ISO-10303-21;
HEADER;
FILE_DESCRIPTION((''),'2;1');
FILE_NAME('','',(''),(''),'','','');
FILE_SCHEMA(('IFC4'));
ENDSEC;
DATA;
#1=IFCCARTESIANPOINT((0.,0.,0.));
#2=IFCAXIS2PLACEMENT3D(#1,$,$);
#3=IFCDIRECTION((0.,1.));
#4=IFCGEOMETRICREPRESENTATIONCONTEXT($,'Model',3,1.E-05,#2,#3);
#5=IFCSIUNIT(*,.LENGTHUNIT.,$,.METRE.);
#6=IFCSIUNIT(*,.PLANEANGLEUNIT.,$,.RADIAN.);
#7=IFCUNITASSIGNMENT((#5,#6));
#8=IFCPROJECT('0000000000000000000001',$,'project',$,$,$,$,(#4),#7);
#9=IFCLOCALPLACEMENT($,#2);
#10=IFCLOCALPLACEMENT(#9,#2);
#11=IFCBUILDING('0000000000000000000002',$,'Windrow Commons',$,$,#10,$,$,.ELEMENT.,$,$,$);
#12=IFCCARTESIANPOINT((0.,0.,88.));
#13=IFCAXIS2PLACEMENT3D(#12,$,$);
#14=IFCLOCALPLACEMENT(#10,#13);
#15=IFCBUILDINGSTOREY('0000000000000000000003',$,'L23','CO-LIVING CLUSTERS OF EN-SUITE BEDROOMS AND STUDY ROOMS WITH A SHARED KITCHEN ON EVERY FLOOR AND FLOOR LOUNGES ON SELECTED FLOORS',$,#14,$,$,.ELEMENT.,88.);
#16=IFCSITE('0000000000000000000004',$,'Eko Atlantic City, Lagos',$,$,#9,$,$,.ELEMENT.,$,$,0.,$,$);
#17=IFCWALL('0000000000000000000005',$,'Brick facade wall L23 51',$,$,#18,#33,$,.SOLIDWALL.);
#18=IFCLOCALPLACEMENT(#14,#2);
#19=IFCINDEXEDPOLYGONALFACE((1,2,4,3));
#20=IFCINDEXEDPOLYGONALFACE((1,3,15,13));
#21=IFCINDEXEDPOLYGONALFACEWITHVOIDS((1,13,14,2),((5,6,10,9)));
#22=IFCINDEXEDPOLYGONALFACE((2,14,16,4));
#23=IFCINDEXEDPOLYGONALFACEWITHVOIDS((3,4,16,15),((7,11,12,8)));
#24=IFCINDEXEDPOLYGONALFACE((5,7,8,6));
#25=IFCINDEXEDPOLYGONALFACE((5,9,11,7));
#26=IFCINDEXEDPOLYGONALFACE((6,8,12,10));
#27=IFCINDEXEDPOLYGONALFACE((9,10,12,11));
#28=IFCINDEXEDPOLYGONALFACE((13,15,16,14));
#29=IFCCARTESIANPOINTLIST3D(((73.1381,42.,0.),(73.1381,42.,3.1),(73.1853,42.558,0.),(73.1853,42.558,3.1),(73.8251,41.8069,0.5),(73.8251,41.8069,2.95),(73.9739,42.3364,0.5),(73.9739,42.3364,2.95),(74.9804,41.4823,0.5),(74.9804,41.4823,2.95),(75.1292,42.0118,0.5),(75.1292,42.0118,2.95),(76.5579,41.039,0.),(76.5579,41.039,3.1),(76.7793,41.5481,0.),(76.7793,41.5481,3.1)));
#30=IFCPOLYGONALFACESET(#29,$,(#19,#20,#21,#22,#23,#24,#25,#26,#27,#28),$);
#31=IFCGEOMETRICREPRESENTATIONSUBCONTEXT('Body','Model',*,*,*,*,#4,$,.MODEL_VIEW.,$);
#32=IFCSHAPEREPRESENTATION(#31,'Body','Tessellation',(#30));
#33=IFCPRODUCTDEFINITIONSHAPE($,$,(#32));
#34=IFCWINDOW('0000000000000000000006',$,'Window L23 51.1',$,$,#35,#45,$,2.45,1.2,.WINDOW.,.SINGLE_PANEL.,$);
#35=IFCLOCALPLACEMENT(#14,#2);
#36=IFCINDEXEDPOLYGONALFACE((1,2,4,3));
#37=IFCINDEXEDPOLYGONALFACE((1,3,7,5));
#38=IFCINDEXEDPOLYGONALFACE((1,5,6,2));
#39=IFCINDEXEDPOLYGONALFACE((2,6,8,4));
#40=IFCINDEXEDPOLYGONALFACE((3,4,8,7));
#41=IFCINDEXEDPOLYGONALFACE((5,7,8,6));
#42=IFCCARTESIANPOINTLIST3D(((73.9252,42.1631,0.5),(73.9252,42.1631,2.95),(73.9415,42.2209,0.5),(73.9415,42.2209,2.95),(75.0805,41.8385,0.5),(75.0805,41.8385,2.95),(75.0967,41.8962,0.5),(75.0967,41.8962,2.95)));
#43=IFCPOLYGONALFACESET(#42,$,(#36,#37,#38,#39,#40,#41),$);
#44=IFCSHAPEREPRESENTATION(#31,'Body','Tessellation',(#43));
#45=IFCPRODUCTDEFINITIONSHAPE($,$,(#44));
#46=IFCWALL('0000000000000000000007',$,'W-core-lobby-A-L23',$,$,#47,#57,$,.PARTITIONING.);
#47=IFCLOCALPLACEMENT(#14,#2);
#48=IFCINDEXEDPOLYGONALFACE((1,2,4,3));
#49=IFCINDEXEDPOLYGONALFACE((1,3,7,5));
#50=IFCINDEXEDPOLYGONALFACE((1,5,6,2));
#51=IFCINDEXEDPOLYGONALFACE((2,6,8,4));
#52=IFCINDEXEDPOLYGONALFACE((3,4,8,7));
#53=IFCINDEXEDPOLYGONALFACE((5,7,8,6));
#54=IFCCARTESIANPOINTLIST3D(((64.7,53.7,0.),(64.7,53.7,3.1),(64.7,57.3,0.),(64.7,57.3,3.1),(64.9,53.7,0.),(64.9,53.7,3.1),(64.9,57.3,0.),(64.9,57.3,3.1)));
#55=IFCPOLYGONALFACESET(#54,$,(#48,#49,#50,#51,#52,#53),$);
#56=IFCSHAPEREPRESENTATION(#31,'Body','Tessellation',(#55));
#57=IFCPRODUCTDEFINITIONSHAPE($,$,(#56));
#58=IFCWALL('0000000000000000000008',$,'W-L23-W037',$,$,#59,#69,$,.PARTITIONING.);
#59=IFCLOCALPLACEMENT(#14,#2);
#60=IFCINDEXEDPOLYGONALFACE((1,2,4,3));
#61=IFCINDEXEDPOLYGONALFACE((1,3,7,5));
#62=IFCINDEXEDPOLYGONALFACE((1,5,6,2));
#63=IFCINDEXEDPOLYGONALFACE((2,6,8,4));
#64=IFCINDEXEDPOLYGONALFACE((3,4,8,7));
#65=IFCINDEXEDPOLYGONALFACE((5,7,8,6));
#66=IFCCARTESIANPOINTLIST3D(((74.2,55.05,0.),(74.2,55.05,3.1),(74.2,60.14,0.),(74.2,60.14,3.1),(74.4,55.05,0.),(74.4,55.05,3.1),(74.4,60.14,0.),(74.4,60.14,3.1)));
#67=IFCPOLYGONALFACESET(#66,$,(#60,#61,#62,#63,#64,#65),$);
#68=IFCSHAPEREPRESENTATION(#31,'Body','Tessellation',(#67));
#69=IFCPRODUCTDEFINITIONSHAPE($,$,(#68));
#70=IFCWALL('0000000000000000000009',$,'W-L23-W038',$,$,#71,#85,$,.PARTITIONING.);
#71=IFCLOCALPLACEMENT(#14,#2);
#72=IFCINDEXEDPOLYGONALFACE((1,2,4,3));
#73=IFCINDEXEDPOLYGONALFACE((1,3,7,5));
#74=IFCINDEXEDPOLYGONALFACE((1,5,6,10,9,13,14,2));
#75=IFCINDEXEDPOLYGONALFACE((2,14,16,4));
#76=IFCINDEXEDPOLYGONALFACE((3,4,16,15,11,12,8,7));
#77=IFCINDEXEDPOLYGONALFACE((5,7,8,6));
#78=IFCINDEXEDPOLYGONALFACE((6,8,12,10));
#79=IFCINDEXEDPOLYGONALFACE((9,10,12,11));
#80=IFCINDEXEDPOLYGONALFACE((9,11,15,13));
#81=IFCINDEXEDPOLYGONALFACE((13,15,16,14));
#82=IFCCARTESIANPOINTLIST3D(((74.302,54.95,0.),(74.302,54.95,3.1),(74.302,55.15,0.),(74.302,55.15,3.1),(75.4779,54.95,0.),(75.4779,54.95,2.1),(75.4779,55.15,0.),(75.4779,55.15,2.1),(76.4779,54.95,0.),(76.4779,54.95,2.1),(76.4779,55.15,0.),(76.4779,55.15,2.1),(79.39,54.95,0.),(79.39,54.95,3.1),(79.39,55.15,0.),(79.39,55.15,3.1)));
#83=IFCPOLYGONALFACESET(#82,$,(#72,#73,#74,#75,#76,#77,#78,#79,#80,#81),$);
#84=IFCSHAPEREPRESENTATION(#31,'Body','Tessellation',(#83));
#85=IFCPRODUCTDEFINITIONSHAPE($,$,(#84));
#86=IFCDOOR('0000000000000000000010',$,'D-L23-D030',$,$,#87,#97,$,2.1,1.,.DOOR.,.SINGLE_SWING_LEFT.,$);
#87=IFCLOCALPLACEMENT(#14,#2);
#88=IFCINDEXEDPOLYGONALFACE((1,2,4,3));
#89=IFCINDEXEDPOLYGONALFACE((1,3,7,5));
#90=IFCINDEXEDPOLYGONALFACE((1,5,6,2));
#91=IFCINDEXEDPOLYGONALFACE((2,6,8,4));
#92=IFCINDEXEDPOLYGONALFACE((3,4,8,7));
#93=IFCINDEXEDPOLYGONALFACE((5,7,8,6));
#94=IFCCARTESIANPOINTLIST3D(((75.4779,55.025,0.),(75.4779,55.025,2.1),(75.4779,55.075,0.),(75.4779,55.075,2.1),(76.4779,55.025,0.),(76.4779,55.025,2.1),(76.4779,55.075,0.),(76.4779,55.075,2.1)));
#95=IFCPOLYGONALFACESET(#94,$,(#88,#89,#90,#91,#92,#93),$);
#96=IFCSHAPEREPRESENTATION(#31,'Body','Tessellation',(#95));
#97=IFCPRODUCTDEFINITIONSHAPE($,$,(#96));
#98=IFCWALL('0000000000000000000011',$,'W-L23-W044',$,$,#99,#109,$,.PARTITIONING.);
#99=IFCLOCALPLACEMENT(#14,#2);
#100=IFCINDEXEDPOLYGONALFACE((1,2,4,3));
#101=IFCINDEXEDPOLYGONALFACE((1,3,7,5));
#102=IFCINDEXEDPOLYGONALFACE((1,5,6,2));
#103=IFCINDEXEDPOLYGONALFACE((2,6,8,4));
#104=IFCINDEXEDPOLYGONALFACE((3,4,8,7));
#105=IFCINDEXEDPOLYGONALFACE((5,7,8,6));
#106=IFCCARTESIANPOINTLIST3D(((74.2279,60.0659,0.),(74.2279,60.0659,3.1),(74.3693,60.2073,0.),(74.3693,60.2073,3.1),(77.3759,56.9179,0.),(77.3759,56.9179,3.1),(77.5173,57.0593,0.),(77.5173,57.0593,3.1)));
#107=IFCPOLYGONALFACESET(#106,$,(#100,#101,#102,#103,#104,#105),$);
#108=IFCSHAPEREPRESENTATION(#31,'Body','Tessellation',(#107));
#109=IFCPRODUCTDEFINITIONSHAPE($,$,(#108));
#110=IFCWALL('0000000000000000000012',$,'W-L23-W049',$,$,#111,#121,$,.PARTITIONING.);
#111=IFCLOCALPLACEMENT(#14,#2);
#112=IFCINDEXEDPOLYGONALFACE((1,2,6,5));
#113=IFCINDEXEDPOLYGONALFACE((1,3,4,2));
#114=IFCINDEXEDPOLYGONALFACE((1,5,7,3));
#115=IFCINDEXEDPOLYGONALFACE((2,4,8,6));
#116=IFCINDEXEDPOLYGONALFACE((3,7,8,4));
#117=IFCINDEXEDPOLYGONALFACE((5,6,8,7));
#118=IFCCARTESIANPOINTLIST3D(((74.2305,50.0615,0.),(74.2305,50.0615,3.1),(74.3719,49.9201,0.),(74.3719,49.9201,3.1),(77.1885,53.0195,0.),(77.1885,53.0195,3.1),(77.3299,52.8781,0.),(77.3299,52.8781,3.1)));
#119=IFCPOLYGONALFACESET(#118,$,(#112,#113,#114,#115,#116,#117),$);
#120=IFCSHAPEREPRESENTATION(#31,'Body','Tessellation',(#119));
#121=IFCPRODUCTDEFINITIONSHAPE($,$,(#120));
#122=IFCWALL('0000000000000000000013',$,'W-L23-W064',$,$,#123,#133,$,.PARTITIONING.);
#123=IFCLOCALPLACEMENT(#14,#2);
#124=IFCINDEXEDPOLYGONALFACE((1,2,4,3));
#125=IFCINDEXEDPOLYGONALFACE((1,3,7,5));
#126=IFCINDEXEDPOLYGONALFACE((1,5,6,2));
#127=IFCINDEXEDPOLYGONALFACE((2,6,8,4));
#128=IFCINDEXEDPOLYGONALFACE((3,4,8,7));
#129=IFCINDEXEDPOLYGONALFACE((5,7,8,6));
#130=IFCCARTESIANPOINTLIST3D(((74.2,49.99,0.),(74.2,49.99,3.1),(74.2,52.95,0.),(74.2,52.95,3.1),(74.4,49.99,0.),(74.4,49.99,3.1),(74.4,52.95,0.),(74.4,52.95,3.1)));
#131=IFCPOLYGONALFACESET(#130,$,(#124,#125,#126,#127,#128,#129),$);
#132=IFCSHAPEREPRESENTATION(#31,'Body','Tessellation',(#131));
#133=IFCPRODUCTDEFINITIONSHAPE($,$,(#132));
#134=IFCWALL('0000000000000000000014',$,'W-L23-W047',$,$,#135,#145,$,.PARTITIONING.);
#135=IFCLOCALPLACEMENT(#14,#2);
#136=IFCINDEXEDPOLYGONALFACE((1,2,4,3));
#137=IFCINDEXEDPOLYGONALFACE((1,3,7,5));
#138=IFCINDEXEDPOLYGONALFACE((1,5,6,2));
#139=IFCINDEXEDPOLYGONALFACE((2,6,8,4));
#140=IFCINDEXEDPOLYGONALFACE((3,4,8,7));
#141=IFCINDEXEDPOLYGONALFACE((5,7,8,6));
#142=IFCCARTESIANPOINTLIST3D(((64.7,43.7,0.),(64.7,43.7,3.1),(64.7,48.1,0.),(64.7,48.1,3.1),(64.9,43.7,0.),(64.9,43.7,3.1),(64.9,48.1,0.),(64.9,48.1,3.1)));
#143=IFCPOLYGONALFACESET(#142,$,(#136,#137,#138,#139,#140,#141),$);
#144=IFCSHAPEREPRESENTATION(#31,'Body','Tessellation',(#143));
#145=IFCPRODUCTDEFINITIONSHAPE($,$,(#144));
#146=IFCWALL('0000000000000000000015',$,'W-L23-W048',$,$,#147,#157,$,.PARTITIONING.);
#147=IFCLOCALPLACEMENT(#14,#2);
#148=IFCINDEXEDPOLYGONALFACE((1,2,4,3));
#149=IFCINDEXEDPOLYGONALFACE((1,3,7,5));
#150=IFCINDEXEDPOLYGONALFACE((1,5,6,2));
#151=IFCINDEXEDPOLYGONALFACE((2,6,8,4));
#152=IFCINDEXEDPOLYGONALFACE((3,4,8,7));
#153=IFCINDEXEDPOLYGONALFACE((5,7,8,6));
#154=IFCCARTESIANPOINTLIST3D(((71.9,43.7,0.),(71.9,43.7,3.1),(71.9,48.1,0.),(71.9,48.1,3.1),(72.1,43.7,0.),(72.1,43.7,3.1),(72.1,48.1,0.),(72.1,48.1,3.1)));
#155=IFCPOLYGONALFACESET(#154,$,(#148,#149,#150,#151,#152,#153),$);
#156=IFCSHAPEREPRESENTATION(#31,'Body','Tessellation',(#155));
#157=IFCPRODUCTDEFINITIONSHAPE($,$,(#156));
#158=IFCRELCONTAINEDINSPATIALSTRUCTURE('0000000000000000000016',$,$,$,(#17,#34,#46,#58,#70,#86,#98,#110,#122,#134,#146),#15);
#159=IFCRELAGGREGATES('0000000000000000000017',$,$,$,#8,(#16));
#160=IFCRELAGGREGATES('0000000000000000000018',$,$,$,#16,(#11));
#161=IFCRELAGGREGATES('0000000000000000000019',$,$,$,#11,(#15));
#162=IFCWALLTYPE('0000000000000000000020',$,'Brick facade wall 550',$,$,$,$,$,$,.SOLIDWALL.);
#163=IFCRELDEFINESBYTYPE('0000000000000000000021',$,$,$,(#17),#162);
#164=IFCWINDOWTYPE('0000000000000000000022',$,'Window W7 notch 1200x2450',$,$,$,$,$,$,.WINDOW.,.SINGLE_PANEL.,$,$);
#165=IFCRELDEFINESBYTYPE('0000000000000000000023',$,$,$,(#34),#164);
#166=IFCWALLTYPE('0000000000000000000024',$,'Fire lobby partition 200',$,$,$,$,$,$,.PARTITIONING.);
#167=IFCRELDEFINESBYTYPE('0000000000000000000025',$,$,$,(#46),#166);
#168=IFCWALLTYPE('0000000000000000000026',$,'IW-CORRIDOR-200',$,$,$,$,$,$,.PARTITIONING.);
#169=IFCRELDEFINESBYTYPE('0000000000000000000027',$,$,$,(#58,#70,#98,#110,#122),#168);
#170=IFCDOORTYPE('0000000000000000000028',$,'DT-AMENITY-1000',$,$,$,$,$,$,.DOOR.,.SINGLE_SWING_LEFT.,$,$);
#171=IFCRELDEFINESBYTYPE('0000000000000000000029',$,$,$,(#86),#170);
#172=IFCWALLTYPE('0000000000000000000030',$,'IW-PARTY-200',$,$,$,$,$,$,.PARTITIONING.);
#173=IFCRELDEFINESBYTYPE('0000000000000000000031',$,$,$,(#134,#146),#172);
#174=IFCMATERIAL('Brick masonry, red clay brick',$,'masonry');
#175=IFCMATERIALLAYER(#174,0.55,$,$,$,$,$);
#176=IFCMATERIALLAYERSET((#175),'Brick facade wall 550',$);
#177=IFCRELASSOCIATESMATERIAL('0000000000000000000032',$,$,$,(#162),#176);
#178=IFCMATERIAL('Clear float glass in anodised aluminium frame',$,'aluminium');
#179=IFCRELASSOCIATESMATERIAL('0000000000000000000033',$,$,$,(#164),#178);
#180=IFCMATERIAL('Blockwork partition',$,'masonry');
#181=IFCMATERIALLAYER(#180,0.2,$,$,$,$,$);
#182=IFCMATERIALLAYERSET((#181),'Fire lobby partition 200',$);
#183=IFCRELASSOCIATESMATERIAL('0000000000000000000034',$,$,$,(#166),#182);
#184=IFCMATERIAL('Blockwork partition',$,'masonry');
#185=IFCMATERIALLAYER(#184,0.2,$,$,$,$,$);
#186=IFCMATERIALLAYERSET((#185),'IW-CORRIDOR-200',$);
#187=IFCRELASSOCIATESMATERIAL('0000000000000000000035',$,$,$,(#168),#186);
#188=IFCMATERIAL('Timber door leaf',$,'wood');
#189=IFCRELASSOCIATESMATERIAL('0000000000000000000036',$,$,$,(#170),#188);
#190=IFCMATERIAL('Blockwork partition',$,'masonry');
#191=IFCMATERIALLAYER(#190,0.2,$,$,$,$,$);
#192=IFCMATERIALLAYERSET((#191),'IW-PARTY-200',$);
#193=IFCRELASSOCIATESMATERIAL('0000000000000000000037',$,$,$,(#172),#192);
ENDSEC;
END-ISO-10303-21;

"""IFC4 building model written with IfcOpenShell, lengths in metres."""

from ifc_helpers import new_model, si_unit, direction, frame, frame_2d, origin, place, context, subcontext, project, spatial, polyline, rectangle, outline, extrude, material, layer, layer_set, type_object, element, fill, save


model = new_model("IFC4")

# Units and contexts
model_context = context("Model", 3, precision=1e-05, world=origin(), true_north=direction((0.0, 1.0)))
body_context = subcontext(model_context, "Body", "Model", "MODEL_VIEW")
ifc_project = project(units=[si_unit("LENGTHUNIT", "METRE"), si_unit("PLANEANGLEUNIT", "RADIAN")], contexts=[model_context])

# Site, building, storey
site_placement = place(None, origin())
site = spatial("IfcSite", under=ifc_project, at=site_placement, Name="Eko Atlantic City, Lagos", CompositionType="ELEMENT", RefElevation=0.0)
building_placement = place(site_placement, origin())
building = spatial("IfcBuilding", under=site, at=building_placement, Name="Windrow Commons", CompositionType="ELEMENT")
storey_placement = place(building_placement, frame((0.0, 0.0, 88.0)))
storey = spatial("IfcBuildingStorey", under=building, at=storey_placement, Name="L23", Description="CO-LIVING CLUSTERS OF EN-SUITE BEDROOMS AND STUDY ROOMS WITH A SHARED KITCHEN ON EVERY FLOOR AND FLOOR LOUNGES ON SELECTED FLOORS", CompositionType="ELEMENT", Elevation=88.0)

# Wall, opening, window
ifc_material_1 = material(Name="Brick masonry, red clay brick", Category="masonry")
ifc_layer_1 = layer(ifc_material_1, 0.55)
ifc_layer_set_1 = layer_set([ifc_layer_1], Name="Brick facade wall 550")
wall_type_1 = type_object("IfcWallType", Name="Brick facade wall 550", PredefinedType="SOLIDWALL", material=ifc_layer_set_1)
ifc_material_2 = material(Name="Clear float glass in anodised aluminium frame", Category="aluminium")
window_type = type_object("IfcWindowType", Name="Window W7 notch 1200x2450", PartitioningType="SINGLE_PANEL", PredefinedType="WINDOW", material=ifc_material_2)
wall_1_placement = place(storey_placement, frame((73.1617, 42.279, 0.0), z_axis=(0.0, 0.0, 1.0), x_axis=(0.962709, -0.270538, 0.0)))
wall_1 = element("IfcWall", 1, at=wall_1_placement, inside=storey, type_object=wall_type_1, Name="Brick facade wall L23 51", PredefinedType="SOLIDWALL", context=body_context, shape_type="SweptSolid", body=[
    extrude(outline(polyline([(0.0528, -0.275), (3.605, -0.275), (3.6804, 0.275), (-0.0528, 0.275), (0.0528, -0.275)])), origin(), (0.0, 0.0, 1.0), 3.1),
])
opening_1_placement = place(wall_1_placement, frame((0.7664, 0.0, 0.5)))
opening_1 = element("IfcOpeningElement", 2, at=opening_1_placement, cuts=wall_1, PredefinedType="OPENING", context=body_context, shape_type="SweptSolid", body=[
    extrude(rectangle(XDim=1.2, YDim=2.45, at=frame_2d((0.6, 1.225))), frame((0.0, 0.285, 0.0), z_axis=(0.0, -1.0, 0.0), x_axis=(1.0, 0.0, 0.0)), (0.0, 0.0, 1.0), 0.57),
])
window_1_placement = place(opening_1_placement, origin())
window_1 = element("IfcWindow", 3, at=window_1_placement, inside=storey, type_object=window_type, Name="Window L23 51.1", OverallHeight=2.45, OverallWidth=1.2, PartitioningType="SINGLE_PANEL", PredefinedType="WINDOW", context=body_context, shape_type="SweptSolid", body=[
    extrude(rectangle(XDim=1.2, YDim=2.45, at=frame_2d((0.6, 1.225))), frame((0.0, 0.155, 0.0), z_axis=(0.0, -1.0, 0.0), x_axis=(1.0, 0.0, 0.0)), (0.0, 0.0, 1.0), 0.06),
])
fill(opening_1, window_1)

# Walls
ifc_material_3 = material(Name="Blockwork partition", Category="masonry")
ifc_layer_2 = layer(ifc_material_3, 0.2)
ifc_layer_set_2 = layer_set([ifc_layer_2], Name="Fire lobby partition 200")
wall_type_2 = type_object("IfcWallType", Name="Fire lobby partition 200", PredefinedType="PARTITIONING", material=ifc_layer_set_2)
wall_2_placement = place(storey_placement, frame((64.8, 53.7, 0.0), z_axis=(0.0, 0.0, 1.0), x_axis=(0.0, 1.0, 0.0)))
element("IfcWall", 4, at=wall_2_placement, inside=storey, type_object=wall_type_2, Name="W-core-lobby-A-L23", PredefinedType="PARTITIONING", context=body_context, shape_type="SweptSolid", body=[
    extrude(rectangle(XDim=3.6, YDim=0.2, at=frame_2d((1.8, 0.0))), origin(), (0.0, 0.0, 1.0), 3.1),
])
ifc_material_4 = material(Name="Blockwork partition", Category="masonry")
ifc_layer_3 = layer(ifc_material_4, 0.2)
ifc_layer_set_3 = layer_set([ifc_layer_3], Name="IW-CORRIDOR-200")
wall_type_3 = type_object("IfcWallType", Name="IW-CORRIDOR-200", PredefinedType="PARTITIONING", material=ifc_layer_set_3)
wall_3_placement = place(storey_placement, frame((74.3, 55.05, 0.0), z_axis=(0.0, 0.0, 1.0), x_axis=(0.0, 1.0, 0.0)))
element("IfcWall", 5, at=wall_3_placement, inside=storey, type_object=wall_type_3, Name="W-L23-W037", PredefinedType="PARTITIONING", context=body_context, shape_type="SweptSolid", body=[
    extrude(rectangle(XDim=5.09, YDim=0.2, at=frame_2d((2.545, 0.0))), origin(), (0.0, 0.0, 1.0), 3.1),
])

# Wall, opening, door
wall_4_placement = place(storey_placement, frame((74.302, 55.05, 0.0), z_axis=(0.0, 0.0, 1.0), x_axis=(1.0, 0.0, 0.0)))
wall_4 = element("IfcWall", 6, at=wall_4_placement, inside=storey, type_object=wall_type_3, Name="W-L23-W038", PredefinedType="PARTITIONING", context=body_context, shape_type="SweptSolid", body=[
    extrude(rectangle(XDim=5.088, YDim=0.2, at=frame_2d((2.544, 0.0))), origin(), (0.0, 0.0, 1.0), 3.1),
])
opening_2_placement = place(wall_4_placement, frame((1.1759, 0.0, 0.0)))
opening_2 = element("IfcOpeningElement", 7, at=opening_2_placement, cuts=wall_4, PredefinedType="OPENING", context=body_context, shape_type="SweptSolid", body=[
    extrude(rectangle(XDim=1.0, YDim=2.1, at=frame_2d((0.5, 1.05))), frame((0.0, 0.11, 0.0), z_axis=(0.0, -1.0, 0.0), x_axis=(1.0, 0.0, 0.0)), (0.0, 0.0, 1.0), 0.22),
])
ifc_material_5 = material(Name="Timber door leaf", Category="wood")
door_type_1 = type_object("IfcDoorType", Name="DT-AMENITY-1000", OperationType="SINGLE_SWING_LEFT", PredefinedType="DOOR", material=ifc_material_5)
door_1_placement = place(opening_2_placement, origin())
door_1 = element("IfcDoor", 8, at=door_1_placement, inside=storey, type_object=door_type_1, Name="D-L23-D030", OperationType="SINGLE_SWING_LEFT", OverallHeight=2.1, OverallWidth=1.0, PredefinedType="DOOR", context=body_context, shape_type="SweptSolid", body=[
    extrude(rectangle(XDim=1.0, YDim=2.1, at=frame_2d((0.5, 1.05))), frame((0.0, 0.025, 0.0), z_axis=(0.0, -1.0, 0.0), x_axis=(1.0, 0.0, 0.0)), (0.0, 0.0, 1.0), 0.05),
])
fill(opening_2, door_1)

# Walls
wall_5_placement = place(storey_placement, frame((74.2986, 60.1366, 0.0), z_axis=(0.0, 0.0, 1.0), x_axis=(0.707107, -0.707107, 0.0)))
element("IfcWall", 9, at=wall_5_placement, inside=storey, type_object=wall_type_3, Name="W-L23-W044", PredefinedType="PARTITIONING", context=body_context, shape_type="SweptSolid", body=[
    extrude(rectangle(XDim=4.4519, YDim=0.2, at=frame_2d((2.226, 0.0))), origin(), (0.0, 0.0, 1.0), 3.1),
])
wall_6_placement = place(storey_placement, frame((74.3012, 49.9908, 0.0), z_axis=(0.0, 0.0, 1.0), x_axis=(0.707107, 0.707107, 0.0)))
element("IfcWall", 10, at=wall_6_placement, inside=storey, type_object=wall_type_3, Name="W-L23-W049", PredefinedType="PARTITIONING", context=body_context, shape_type="SweptSolid", body=[
    extrude(rectangle(XDim=4.1832, YDim=0.2, at=frame_2d((2.0916, 0.0))), origin(), (0.0, 0.0, 1.0), 3.1),
])
wall_7_placement = place(storey_placement, frame((74.3, 49.99, 0.0), z_axis=(0.0, 0.0, 1.0), x_axis=(0.0, 1.0, 0.0)))
element("IfcWall", 11, at=wall_7_placement, inside=storey, type_object=wall_type_3, Name="W-L23-W064", PredefinedType="PARTITIONING", context=body_context, shape_type="SweptSolid", body=[
    extrude(rectangle(XDim=2.96, YDim=0.2, at=frame_2d((1.48, 0.0))), origin(), (0.0, 0.0, 1.0), 3.1),
])
ifc_material_6 = material(Name="Blockwork partition", Category="masonry")
ifc_layer_4 = layer(ifc_material_6, 0.2)
ifc_layer_set_4 = layer_set([ifc_layer_4], Name="IW-PARTY-200")
wall_type_4 = type_object("IfcWallType", Name="IW-PARTY-200", PredefinedType="PARTITIONING", material=ifc_layer_set_4)
for number, where, z_axis, x_axis, name in (
    (12, (64.8, 43.7, 0.0), (0.0, 0.0, 1.0), (0.0, 1.0, 0.0), "W-L23-W047"),
    (13, (72.0, 43.7, 0.0), (0.0, 0.0, 1.0), (0.0, 1.0, 0.0), "W-L23-W048"),
):
    element("IfcWall", number, at=place(storey_placement, frame(where, z_axis=z_axis, x_axis=x_axis)), inside=storey, type_object=wall_type_4, Name=name, PredefinedType="PARTITIONING", context=body_context, shape_type="SweptSolid", body=[
        extrude(rectangle(XDim=4.4, YDim=0.2, at=frame_2d((2.2, 0.0))), origin(), (0.0, 0.0, 1.0), 3.1),
    ])

save(model, "model.ifc")
